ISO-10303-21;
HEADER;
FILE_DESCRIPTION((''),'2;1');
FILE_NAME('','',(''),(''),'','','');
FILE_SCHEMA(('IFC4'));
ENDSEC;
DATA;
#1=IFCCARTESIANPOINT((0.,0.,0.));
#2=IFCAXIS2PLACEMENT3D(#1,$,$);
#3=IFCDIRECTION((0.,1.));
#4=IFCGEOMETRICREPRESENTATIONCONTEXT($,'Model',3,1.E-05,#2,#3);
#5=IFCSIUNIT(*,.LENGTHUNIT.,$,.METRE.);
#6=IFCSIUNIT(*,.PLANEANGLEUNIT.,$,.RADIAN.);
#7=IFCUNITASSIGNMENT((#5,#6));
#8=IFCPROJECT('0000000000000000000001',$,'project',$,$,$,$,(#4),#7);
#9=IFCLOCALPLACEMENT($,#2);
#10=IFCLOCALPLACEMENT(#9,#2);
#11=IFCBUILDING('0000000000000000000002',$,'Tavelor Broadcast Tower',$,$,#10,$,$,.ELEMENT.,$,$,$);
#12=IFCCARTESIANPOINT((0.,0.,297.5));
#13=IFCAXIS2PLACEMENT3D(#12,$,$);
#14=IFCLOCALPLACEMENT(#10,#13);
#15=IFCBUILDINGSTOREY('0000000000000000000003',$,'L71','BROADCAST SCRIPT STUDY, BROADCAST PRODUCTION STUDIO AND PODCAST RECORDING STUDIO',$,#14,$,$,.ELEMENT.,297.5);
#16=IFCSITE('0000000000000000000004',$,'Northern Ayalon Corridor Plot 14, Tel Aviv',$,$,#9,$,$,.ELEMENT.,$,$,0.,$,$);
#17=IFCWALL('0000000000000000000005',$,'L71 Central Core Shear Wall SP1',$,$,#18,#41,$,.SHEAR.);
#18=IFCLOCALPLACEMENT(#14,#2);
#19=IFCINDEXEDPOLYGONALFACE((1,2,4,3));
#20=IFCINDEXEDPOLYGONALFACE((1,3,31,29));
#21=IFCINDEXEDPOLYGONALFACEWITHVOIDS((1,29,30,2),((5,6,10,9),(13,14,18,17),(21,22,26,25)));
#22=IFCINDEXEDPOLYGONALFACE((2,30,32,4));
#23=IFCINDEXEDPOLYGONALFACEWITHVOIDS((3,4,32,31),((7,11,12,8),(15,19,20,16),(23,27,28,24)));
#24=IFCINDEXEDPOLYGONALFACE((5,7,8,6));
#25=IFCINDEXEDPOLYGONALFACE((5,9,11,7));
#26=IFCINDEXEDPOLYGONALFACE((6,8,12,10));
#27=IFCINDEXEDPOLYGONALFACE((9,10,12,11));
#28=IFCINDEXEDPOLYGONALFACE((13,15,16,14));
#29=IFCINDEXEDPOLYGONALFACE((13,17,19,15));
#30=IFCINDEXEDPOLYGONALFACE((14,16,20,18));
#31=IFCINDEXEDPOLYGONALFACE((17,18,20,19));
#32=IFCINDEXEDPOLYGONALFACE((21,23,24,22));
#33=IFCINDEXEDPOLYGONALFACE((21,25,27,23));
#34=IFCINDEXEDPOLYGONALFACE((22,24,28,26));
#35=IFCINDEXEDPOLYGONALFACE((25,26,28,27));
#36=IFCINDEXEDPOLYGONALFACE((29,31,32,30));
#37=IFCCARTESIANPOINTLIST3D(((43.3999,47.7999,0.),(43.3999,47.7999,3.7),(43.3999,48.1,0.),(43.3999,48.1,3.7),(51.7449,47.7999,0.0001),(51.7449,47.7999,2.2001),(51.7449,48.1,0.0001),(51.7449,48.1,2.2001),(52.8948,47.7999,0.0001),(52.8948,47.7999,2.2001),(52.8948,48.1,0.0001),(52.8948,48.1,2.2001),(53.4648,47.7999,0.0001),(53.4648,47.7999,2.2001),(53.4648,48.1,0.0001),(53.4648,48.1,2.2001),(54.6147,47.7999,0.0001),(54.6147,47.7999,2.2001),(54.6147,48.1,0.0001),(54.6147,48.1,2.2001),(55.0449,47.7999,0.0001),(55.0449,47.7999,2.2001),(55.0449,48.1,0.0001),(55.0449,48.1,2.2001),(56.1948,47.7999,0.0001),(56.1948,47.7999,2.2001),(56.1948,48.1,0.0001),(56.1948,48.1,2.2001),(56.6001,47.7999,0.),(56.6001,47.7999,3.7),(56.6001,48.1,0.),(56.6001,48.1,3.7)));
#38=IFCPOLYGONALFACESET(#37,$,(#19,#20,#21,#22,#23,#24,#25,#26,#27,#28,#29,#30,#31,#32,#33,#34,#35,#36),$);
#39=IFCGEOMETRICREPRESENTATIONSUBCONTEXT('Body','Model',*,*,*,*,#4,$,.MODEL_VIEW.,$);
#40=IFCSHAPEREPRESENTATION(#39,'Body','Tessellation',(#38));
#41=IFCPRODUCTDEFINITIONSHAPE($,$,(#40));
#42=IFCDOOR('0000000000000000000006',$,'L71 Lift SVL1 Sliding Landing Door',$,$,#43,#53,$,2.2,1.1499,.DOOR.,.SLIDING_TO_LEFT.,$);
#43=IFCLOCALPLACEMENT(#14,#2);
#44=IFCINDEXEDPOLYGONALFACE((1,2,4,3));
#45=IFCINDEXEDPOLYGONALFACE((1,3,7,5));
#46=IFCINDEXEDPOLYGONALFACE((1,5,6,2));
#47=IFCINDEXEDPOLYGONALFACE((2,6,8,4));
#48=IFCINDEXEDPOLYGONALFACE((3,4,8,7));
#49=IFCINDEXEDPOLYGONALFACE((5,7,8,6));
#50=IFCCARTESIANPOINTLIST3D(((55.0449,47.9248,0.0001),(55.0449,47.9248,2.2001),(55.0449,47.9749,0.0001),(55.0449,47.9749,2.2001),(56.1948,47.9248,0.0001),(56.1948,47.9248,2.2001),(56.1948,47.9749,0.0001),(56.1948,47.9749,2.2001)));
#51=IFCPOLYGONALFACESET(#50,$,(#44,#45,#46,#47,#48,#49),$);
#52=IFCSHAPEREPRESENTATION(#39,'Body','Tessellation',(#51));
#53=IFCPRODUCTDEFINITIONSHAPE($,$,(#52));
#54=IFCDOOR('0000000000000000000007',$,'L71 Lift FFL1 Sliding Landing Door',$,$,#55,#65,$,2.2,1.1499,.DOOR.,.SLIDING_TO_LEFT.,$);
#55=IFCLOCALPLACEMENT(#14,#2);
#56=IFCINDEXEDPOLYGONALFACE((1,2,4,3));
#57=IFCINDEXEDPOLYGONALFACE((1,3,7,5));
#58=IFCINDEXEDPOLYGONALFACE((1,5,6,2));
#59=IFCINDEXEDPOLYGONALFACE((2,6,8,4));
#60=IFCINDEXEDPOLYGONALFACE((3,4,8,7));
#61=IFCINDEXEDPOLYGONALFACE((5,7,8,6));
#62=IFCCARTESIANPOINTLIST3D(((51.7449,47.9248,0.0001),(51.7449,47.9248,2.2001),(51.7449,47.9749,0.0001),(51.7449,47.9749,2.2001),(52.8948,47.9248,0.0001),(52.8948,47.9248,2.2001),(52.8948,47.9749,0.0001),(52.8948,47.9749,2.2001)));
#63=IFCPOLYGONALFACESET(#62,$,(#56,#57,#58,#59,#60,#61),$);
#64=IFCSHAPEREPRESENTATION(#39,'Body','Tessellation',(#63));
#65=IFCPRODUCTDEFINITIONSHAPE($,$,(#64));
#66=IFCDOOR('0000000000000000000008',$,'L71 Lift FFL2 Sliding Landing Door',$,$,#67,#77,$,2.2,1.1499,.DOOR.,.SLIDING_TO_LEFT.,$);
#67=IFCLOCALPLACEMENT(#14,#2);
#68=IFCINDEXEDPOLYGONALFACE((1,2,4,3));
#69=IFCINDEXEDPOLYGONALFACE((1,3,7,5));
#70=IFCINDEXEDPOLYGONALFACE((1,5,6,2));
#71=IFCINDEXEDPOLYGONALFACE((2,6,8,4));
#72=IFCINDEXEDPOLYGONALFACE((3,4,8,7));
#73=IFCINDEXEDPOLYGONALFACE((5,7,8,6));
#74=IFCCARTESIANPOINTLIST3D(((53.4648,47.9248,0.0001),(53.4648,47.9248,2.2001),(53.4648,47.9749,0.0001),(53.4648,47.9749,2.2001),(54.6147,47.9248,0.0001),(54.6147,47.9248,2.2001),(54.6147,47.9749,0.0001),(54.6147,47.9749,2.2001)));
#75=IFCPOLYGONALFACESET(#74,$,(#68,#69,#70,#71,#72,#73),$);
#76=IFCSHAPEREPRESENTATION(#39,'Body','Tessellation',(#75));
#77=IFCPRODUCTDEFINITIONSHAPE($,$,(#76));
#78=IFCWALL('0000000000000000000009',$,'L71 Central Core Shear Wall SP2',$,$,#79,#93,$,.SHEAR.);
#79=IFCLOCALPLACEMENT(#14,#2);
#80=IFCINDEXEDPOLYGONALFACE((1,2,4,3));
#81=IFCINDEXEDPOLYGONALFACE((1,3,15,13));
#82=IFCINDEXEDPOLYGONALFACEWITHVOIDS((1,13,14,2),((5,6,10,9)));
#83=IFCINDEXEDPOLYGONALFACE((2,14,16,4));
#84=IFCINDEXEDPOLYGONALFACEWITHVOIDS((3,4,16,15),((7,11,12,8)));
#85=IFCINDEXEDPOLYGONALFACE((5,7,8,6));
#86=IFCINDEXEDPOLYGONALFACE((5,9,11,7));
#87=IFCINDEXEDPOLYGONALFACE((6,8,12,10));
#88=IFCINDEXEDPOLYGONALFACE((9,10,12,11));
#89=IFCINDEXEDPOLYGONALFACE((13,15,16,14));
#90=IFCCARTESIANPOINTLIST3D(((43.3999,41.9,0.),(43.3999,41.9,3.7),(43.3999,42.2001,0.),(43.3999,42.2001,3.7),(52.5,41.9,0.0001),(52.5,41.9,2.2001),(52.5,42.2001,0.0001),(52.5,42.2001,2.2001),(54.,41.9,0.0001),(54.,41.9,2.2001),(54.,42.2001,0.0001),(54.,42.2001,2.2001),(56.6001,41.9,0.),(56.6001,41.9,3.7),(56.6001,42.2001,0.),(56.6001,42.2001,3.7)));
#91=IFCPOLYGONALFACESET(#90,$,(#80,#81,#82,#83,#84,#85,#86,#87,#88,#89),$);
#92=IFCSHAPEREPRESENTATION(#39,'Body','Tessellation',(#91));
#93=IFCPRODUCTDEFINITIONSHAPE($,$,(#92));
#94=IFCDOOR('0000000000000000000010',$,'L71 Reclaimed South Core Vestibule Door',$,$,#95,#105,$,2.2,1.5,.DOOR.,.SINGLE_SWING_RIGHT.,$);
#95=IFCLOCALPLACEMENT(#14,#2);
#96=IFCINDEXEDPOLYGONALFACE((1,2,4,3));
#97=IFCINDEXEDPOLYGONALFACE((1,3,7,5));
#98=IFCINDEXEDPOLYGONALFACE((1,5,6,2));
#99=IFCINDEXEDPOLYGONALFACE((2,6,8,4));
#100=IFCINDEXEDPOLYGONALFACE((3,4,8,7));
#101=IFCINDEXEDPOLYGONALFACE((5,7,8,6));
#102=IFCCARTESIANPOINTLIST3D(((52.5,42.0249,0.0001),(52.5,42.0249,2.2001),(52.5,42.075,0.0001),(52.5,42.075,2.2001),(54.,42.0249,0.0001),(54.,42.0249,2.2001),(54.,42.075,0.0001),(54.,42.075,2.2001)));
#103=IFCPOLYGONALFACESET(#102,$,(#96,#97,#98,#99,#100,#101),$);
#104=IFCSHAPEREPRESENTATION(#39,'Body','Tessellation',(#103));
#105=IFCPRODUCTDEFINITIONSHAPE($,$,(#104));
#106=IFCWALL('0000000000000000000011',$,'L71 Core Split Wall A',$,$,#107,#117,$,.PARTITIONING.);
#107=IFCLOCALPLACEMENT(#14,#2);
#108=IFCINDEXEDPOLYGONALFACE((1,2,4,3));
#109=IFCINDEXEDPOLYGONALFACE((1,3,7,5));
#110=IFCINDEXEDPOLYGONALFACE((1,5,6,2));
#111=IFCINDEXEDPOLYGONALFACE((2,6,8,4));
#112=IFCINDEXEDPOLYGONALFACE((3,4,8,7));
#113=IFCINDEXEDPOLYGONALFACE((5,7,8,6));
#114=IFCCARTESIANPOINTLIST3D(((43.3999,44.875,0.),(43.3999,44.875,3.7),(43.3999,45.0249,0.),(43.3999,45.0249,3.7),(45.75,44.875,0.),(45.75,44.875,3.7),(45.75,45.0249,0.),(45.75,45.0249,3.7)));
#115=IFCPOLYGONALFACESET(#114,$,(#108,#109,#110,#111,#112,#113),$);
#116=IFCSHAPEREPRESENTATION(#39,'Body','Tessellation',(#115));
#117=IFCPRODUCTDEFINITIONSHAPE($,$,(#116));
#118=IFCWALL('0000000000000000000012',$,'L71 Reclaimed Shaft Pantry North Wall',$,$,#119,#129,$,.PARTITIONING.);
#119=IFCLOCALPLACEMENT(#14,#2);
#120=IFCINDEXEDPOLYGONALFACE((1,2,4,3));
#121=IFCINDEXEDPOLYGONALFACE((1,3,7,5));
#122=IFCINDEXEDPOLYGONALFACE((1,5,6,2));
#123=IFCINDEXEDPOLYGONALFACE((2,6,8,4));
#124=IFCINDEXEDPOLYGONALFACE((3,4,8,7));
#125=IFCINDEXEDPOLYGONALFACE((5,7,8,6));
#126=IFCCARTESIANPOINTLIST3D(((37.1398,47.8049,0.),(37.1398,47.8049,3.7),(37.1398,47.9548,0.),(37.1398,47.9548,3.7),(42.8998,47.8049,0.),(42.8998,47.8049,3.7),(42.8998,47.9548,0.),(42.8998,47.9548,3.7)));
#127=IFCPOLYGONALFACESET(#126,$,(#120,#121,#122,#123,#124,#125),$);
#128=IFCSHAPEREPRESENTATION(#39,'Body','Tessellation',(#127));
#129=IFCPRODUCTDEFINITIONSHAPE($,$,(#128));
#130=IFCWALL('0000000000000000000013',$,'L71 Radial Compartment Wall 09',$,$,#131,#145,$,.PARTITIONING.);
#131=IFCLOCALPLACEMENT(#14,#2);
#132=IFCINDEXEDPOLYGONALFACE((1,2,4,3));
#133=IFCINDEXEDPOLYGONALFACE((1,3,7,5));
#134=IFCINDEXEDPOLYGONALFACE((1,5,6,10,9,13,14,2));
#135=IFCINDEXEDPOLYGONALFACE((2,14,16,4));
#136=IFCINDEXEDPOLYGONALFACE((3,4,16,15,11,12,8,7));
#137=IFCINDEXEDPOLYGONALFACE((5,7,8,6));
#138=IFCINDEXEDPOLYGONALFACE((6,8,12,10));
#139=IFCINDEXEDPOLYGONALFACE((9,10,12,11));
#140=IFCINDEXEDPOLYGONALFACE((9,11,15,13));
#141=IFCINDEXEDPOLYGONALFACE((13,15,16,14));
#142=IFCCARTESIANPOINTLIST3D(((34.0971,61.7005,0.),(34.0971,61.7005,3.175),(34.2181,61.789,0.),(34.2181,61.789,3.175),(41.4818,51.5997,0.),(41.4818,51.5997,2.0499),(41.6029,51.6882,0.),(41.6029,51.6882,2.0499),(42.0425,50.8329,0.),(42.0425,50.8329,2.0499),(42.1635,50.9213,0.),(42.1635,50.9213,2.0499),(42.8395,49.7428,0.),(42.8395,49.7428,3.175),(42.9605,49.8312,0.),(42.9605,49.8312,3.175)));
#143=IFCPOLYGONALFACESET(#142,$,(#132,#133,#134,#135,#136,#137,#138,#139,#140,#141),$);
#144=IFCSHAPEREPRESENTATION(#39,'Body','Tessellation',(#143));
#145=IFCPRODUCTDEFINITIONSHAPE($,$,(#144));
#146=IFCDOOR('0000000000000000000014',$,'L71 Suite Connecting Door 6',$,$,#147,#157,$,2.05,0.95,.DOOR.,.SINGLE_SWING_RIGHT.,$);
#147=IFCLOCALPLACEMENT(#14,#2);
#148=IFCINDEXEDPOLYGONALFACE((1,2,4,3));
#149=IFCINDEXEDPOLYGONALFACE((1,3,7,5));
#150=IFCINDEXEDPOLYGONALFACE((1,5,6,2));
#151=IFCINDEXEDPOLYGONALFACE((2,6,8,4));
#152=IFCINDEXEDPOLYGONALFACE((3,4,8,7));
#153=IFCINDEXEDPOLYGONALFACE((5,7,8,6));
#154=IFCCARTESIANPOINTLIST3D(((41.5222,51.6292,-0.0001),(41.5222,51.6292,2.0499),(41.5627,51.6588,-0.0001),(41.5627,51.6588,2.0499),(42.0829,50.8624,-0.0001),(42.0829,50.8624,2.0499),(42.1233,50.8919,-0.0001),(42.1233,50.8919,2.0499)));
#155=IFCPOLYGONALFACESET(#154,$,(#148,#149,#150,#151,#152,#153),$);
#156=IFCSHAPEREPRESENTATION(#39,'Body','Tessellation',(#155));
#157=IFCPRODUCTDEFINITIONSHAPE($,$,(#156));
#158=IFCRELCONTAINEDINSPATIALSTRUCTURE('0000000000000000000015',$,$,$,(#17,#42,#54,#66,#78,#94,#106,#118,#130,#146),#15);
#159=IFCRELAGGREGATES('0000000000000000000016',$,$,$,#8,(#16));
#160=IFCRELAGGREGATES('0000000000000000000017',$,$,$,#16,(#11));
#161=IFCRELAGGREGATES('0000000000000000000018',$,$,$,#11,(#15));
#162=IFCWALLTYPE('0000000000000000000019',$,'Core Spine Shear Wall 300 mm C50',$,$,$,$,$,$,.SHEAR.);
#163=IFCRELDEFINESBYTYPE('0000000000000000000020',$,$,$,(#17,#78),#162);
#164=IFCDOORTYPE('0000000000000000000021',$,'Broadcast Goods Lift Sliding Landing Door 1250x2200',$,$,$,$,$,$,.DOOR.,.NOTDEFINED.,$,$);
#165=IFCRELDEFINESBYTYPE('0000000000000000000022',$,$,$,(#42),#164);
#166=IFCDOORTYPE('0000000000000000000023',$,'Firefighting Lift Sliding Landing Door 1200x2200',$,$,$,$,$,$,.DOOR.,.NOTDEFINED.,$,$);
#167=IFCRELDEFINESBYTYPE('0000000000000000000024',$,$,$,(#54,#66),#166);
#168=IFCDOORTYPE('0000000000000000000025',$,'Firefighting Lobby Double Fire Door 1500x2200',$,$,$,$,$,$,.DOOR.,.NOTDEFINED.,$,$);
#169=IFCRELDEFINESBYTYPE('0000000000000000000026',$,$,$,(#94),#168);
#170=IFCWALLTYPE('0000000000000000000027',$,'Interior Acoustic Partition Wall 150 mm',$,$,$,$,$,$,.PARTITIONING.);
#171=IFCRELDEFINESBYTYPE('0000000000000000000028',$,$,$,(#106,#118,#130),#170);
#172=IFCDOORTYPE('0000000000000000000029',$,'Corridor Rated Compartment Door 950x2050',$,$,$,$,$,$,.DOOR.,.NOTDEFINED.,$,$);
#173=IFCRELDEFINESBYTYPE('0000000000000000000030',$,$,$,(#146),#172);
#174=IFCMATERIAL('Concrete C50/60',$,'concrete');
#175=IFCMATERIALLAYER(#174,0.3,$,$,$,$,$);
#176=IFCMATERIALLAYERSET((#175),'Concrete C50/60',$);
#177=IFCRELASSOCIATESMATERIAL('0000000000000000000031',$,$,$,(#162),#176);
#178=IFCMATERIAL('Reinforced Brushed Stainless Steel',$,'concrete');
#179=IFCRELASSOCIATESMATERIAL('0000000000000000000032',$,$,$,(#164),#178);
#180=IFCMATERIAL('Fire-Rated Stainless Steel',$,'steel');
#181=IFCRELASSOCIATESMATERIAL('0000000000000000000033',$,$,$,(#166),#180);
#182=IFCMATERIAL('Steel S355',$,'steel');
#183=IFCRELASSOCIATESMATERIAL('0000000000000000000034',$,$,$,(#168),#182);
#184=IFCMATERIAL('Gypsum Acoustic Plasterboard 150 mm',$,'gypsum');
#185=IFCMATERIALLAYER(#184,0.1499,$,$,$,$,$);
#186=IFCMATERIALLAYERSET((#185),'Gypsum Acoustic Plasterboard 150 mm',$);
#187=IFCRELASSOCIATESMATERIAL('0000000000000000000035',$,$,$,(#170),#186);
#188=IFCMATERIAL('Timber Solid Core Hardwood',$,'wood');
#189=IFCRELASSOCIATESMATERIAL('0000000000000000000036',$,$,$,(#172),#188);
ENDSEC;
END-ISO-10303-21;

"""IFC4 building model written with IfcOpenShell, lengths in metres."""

from ifc_helpers import new_model, si_unit, direction, frame, frame_2d, origin, place, context, subcontext, project, spatial, rectangle, extrude, material, layer, layer_set, type_object, element, fill, save


model = new_model("IFC4")

# Units and contexts
model_context = context("Model", 3, precision=1e-05, world=origin(), true_north=direction((0.0, 1.0)))
body_context = subcontext(model_context, "Body", "Model", "MODEL_VIEW")
ifc_project = project(units=[si_unit("LENGTHUNIT", "METRE"), si_unit("PLANEANGLEUNIT", "RADIAN")], contexts=[model_context])

# Site, building, storey
site_placement = place(None, origin())
site = spatial("IfcSite", under=ifc_project, at=site_placement, Name="Northern Ayalon Corridor Plot 14, Tel Aviv", CompositionType="ELEMENT", RefElevation=0.0)
building_placement = place(site_placement, origin())
building = spatial("IfcBuilding", under=site, at=building_placement, Name="Tavelor Broadcast Tower", CompositionType="ELEMENT")
storey_placement = place(building_placement, frame((0.0, 0.0, 297.5)))
storey = spatial("IfcBuildingStorey", under=building, at=storey_placement, Name="L71", Description="BROADCAST SCRIPT STUDY, BROADCAST PRODUCTION STUDIO AND PODCAST RECORDING STUDIO", CompositionType="ELEMENT", Elevation=297.5)

# Shared definitions
ifc_material_1 = material(Name="Concrete C50/60", Category="concrete")

# Shared definitions
ifc_material_2 = material(Name="Steel S355", Category="steel")

# Wall, openings, doors
ifc_layer_1 = layer(ifc_material_1, 0.3)
ifc_layer_set_1 = layer_set([ifc_layer_1], Name="Concrete C50/60")
wall_type_1 = type_object("IfcWallType", Name="Core Spine Shear Wall 300 mm C50", PredefinedType="SHEAR", material=ifc_layer_set_1)
wall_1_placement = place(storey_placement, frame((43.3999, 47.95, 0.0), z_axis=(0.0, 0.0, 1.0), x_axis=(1.0, 0.0, 0.0)))
wall_1 = element("IfcWall", 1, at=wall_1_placement, inside=storey, type_object=wall_type_1, Name="L71 Central Core Shear Wall SP1", PredefinedType="SHEAR", context=body_context, shape_type="SweptSolid", body=[
    extrude(rectangle(XDim=13.2002, YDim=0.3, at=frame_2d((6.6001, 0.0))), origin(), (0.0, 0.0, 1.0), 3.7),
])
opening_1_placement = place(wall_1_placement, frame((8.345, 0.0, 0.0)))
opening_1 = element("IfcOpeningElement", 2, at=opening_1_placement, cuts=wall_1, PredefinedType="OPENING", context=body_context, shape_type="SweptSolid", body=[
    extrude(rectangle(XDim=1.1499, YDim=2.2, at=frame_2d((0.575, 1.1001))), frame((0.0, 0.1602, 0.0), z_axis=(0.0, -1.0, 0.0), x_axis=(1.0, 0.0, 0.0)), (0.0, 0.0, 1.0), 0.3201),
])
opening_2_placement = place(wall_1_placement, frame((10.0649, 0.0, 0.0)))
opening_2 = element("IfcOpeningElement", 3, at=opening_2_placement, cuts=wall_1, PredefinedType="OPENING", context=body_context, shape_type="SweptSolid", body=[
    extrude(rectangle(XDim=1.1499, YDim=2.2, at=frame_2d((0.575, 1.1001))), frame((0.0, 0.1602, 0.0), z_axis=(0.0, -1.0, 0.0), x_axis=(1.0, 0.0, 0.0)), (0.0, 0.0, 1.0), 0.3201),
])
opening_3_placement = place(wall_1_placement, frame((11.645, 0.0, 0.0)))
opening_3 = element("IfcOpeningElement", 4, at=opening_3_placement, cuts=wall_1, PredefinedType="OPENING", context=body_context, shape_type="SweptSolid", body=[
    extrude(rectangle(XDim=1.1499, YDim=2.2, at=frame_2d((0.575, 1.1001))), frame((0.0, 0.1602, 0.0), z_axis=(0.0, -1.0, 0.0), x_axis=(1.0, 0.0, 0.0)), (0.0, 0.0, 1.0), 0.3201),
])
ifc_material_3 = material(Name="Reinforced Brushed Stainless Steel", Category="concrete")
door_type_1 = type_object("IfcDoorType", Name="Broadcast Goods Lift Sliding Landing Door 1250x2200", OperationType="NOTDEFINED", PredefinedType="DOOR", material=ifc_material_3)
door_1_placement = place(opening_3_placement, origin())
door_1 = element("IfcDoor", 5, at=door_1_placement, inside=storey, type_object=door_type_1, Name="L71 Lift SVL1 Sliding Landing Door", OperationType="SLIDING_TO_LEFT", OverallHeight=2.2, OverallWidth=1.1499, PredefinedType="DOOR", context=body_context, shape_type="SweptSolid", body=[
    extrude(rectangle(XDim=1.1499, YDim=2.2, at=frame_2d((0.575, 1.1001))), frame((0.0, 0.0249, 0.0), z_axis=(0.0, -1.0, 0.0), x_axis=(1.0, 0.0, 0.0)), (0.0, 0.0, 1.0), 0.05),
])
fill(opening_3, door_1)
ifc_material_4 = material(Name="Fire-Rated Stainless Steel", Category="steel")
door_type_2 = type_object("IfcDoorType", Name="Firefighting Lift Sliding Landing Door 1200x2200", OperationType="NOTDEFINED", PredefinedType="DOOR", material=ifc_material_4)
door_2_placement = place(opening_1_placement, origin())
door_2 = element("IfcDoor", 6, at=door_2_placement, inside=storey, type_object=door_type_2, Name="L71 Lift FFL1 Sliding Landing Door", OperationType="SLIDING_TO_LEFT", OverallHeight=2.2, OverallWidth=1.1499, PredefinedType="DOOR", context=body_context, shape_type="SweptSolid", body=[
    extrude(rectangle(XDim=1.1499, YDim=2.2, at=frame_2d((0.575, 1.1001))), frame((0.0, 0.0249, 0.0), z_axis=(0.0, -1.0, 0.0), x_axis=(1.0, 0.0, 0.0)), (0.0, 0.0, 1.0), 0.05),
])
fill(opening_1, door_2)
door_3_placement = place(opening_2_placement, origin())
door_3 = element("IfcDoor", 7, at=door_3_placement, inside=storey, type_object=door_type_2, Name="L71 Lift FFL2 Sliding Landing Door", OperationType="SLIDING_TO_LEFT", OverallHeight=2.2, OverallWidth=1.1499, PredefinedType="DOOR", context=body_context, shape_type="SweptSolid", body=[
    extrude(rectangle(XDim=1.1499, YDim=2.2, at=frame_2d((0.575, 1.1001))), frame((0.0, 0.0249, 0.0), z_axis=(0.0, -1.0, 0.0), x_axis=(1.0, 0.0, 0.0)), (0.0, 0.0, 1.0), 0.05),
])
fill(opening_2, door_3)

# Wall, opening, door
wall_2_placement = place(storey_placement, frame((43.3999, 42.05, 0.0), z_axis=(0.0, 0.0, 1.0), x_axis=(1.0, 0.0, 0.0)))
wall_2 = element("IfcWall", 8, at=wall_2_placement, inside=storey, type_object=wall_type_1, Name="L71 Central Core Shear Wall SP2", PredefinedType="SHEAR", context=body_context, shape_type="SweptSolid", body=[
    extrude(rectangle(XDim=13.2002, YDim=0.3, at=frame_2d((6.6001, 0.0))), origin(), (0.0, 0.0, 1.0), 3.7),
])
opening_4_placement = place(wall_2_placement, frame((9.1001, 0.0, 0.0)))
opening_4 = element("IfcOpeningElement", 9, at=opening_4_placement, cuts=wall_2, PredefinedType="OPENING", context=body_context, shape_type="SweptSolid", body=[
    extrude(rectangle(XDim=1.5, YDim=2.2, at=frame_2d((0.75, 1.1001))), frame((0.0, 0.1602, 0.0), z_axis=(0.0, -1.0, 0.0), x_axis=(1.0, 0.0, 0.0)), (0.0, 0.0, 1.0), 0.3201),
])
door_type_3 = type_object("IfcDoorType", Name="Firefighting Lobby Double Fire Door 1500x2200", OperationType="NOTDEFINED", PredefinedType="DOOR", material=ifc_material_2)
door_4_placement = place(opening_4_placement, origin())
door_4 = element("IfcDoor", 10, at=door_4_placement, inside=storey, type_object=door_type_3, Name="L71 Reclaimed South Core Vestibule Door", OperationType="SINGLE_SWING_RIGHT", OverallHeight=2.2, OverallWidth=1.5, PredefinedType="DOOR", context=body_context, shape_type="SweptSolid", body=[
    extrude(rectangle(XDim=1.5, YDim=2.2, at=frame_2d((0.75, 1.1001))), frame((0.0, 0.0249, 0.0), z_axis=(0.0, -1.0, 0.0), x_axis=(1.0, 0.0, 0.0)), (0.0, 0.0, 1.0), 0.05),
])
fill(opening_4, door_4)

# Walls
ifc_material_5 = material(Name="Gypsum Acoustic Plasterboard 150 mm", Category="gypsum")
ifc_layer_2 = layer(ifc_material_5, 0.1499)
ifc_layer_set_2 = layer_set([ifc_layer_2], Name="Gypsum Acoustic Plasterboard 150 mm")
wall_type_2 = type_object("IfcWallType", Name="Interior Acoustic Partition Wall 150 mm", PredefinedType="PARTITIONING", material=ifc_layer_set_2)
wall_3_placement = place(storey_placement, frame((43.3999, 44.95, 0.0), z_axis=(0.0, 0.0, 1.0), x_axis=(1.0, 0.0, 0.0)))
element("IfcWall", 11, at=wall_3_placement, inside=storey, type_object=wall_type_2, Name="L71 Core Split Wall A", PredefinedType="PARTITIONING", context=body_context, shape_type="SweptSolid", body=[
    extrude(rectangle(XDim=2.3501, YDim=0.1499, at=frame_2d((1.175, 0.0))), origin(), (0.0, 0.0, 1.0), 3.7),
])
wall_4_placement = place(storey_placement, frame((37.1399, 47.8799, 0.0), z_axis=(0.0, 0.0, 1.0), x_axis=(1.0, 0.0, 0.0)))
element("IfcWall", 12, at=wall_4_placement, inside=storey, type_object=wall_type_2, Name="L71 Reclaimed Shaft Pantry North Wall", PredefinedType="PARTITIONING", context=body_context, shape_type="SweptSolid", body=[
    extrude(rectangle(XDim=5.76, YDim=0.1499, at=frame_2d((2.8799, 0.0))), origin(), (0.0, 0.0, 1.0), 3.7),
])

# Wall, opening, door
wall_5_placement = place(storey_placement, frame((42.8999, 49.7871, 0.0), z_axis=(0.0, 0.0, 1.0), x_axis=(-0.590196, 0.80726, 0.0)))
wall_5 = element("IfcWall", 13, at=wall_5_placement, inside=storey, type_object=wall_type_2, Name="L71 Radial Compartment Wall 09", PredefinedType="PARTITIONING", context=body_context, shape_type="SweptSolid", body=[
    extrude(rectangle(XDim=14.8127, YDim=0.1499, at=frame_2d((7.4062, 0.0))), origin(), (0.0, 0.0, 1.0), 3.175),
])
opening_5_placement = place(wall_5_placement, frame((1.3501, 0.0, 0.0)))
opening_5 = element("IfcOpeningElement", 14, at=opening_5_placement, cuts=wall_5, PredefinedType="OPENING", context=body_context, shape_type="SweptSolid", body=[
    extrude(rectangle(XDim=0.95, YDim=2.05, at=frame_2d((0.4751, 1.0249))), frame((0.0, 0.085, 0.0), z_axis=(0.0, -1.0, 0.0), x_axis=(1.0, 0.0, 0.0)), (0.0, 0.0, 1.0), 0.1699),
])
ifc_material_6 = material(Name="Timber Solid Core Hardwood", Category="wood")
door_type_4 = type_object("IfcDoorType", Name="Corridor Rated Compartment Door 950x2050", OperationType="NOTDEFINED", PredefinedType="DOOR", material=ifc_material_6)
door_5_placement = place(opening_5_placement, origin())
door_5 = element("IfcDoor", 15, at=door_5_placement, inside=storey, type_object=door_type_4, Name="L71 Suite Connecting Door 6", OperationType="SINGLE_SWING_RIGHT", OverallHeight=2.05, OverallWidth=0.95, PredefinedType="DOOR", context=body_context, shape_type="SweptSolid", body=[
    extrude(rectangle(XDim=0.95, YDim=2.05, at=frame_2d((0.4751, 1.0249))), frame((0.0, 0.0249, 0.0), z_axis=(0.0, -1.0, 0.0), x_axis=(1.0, 0.0, 0.0)), (0.0, 0.0, 1.0), 0.05),
])
fill(opening_5, door_5)

save(model, "model.ifc")
